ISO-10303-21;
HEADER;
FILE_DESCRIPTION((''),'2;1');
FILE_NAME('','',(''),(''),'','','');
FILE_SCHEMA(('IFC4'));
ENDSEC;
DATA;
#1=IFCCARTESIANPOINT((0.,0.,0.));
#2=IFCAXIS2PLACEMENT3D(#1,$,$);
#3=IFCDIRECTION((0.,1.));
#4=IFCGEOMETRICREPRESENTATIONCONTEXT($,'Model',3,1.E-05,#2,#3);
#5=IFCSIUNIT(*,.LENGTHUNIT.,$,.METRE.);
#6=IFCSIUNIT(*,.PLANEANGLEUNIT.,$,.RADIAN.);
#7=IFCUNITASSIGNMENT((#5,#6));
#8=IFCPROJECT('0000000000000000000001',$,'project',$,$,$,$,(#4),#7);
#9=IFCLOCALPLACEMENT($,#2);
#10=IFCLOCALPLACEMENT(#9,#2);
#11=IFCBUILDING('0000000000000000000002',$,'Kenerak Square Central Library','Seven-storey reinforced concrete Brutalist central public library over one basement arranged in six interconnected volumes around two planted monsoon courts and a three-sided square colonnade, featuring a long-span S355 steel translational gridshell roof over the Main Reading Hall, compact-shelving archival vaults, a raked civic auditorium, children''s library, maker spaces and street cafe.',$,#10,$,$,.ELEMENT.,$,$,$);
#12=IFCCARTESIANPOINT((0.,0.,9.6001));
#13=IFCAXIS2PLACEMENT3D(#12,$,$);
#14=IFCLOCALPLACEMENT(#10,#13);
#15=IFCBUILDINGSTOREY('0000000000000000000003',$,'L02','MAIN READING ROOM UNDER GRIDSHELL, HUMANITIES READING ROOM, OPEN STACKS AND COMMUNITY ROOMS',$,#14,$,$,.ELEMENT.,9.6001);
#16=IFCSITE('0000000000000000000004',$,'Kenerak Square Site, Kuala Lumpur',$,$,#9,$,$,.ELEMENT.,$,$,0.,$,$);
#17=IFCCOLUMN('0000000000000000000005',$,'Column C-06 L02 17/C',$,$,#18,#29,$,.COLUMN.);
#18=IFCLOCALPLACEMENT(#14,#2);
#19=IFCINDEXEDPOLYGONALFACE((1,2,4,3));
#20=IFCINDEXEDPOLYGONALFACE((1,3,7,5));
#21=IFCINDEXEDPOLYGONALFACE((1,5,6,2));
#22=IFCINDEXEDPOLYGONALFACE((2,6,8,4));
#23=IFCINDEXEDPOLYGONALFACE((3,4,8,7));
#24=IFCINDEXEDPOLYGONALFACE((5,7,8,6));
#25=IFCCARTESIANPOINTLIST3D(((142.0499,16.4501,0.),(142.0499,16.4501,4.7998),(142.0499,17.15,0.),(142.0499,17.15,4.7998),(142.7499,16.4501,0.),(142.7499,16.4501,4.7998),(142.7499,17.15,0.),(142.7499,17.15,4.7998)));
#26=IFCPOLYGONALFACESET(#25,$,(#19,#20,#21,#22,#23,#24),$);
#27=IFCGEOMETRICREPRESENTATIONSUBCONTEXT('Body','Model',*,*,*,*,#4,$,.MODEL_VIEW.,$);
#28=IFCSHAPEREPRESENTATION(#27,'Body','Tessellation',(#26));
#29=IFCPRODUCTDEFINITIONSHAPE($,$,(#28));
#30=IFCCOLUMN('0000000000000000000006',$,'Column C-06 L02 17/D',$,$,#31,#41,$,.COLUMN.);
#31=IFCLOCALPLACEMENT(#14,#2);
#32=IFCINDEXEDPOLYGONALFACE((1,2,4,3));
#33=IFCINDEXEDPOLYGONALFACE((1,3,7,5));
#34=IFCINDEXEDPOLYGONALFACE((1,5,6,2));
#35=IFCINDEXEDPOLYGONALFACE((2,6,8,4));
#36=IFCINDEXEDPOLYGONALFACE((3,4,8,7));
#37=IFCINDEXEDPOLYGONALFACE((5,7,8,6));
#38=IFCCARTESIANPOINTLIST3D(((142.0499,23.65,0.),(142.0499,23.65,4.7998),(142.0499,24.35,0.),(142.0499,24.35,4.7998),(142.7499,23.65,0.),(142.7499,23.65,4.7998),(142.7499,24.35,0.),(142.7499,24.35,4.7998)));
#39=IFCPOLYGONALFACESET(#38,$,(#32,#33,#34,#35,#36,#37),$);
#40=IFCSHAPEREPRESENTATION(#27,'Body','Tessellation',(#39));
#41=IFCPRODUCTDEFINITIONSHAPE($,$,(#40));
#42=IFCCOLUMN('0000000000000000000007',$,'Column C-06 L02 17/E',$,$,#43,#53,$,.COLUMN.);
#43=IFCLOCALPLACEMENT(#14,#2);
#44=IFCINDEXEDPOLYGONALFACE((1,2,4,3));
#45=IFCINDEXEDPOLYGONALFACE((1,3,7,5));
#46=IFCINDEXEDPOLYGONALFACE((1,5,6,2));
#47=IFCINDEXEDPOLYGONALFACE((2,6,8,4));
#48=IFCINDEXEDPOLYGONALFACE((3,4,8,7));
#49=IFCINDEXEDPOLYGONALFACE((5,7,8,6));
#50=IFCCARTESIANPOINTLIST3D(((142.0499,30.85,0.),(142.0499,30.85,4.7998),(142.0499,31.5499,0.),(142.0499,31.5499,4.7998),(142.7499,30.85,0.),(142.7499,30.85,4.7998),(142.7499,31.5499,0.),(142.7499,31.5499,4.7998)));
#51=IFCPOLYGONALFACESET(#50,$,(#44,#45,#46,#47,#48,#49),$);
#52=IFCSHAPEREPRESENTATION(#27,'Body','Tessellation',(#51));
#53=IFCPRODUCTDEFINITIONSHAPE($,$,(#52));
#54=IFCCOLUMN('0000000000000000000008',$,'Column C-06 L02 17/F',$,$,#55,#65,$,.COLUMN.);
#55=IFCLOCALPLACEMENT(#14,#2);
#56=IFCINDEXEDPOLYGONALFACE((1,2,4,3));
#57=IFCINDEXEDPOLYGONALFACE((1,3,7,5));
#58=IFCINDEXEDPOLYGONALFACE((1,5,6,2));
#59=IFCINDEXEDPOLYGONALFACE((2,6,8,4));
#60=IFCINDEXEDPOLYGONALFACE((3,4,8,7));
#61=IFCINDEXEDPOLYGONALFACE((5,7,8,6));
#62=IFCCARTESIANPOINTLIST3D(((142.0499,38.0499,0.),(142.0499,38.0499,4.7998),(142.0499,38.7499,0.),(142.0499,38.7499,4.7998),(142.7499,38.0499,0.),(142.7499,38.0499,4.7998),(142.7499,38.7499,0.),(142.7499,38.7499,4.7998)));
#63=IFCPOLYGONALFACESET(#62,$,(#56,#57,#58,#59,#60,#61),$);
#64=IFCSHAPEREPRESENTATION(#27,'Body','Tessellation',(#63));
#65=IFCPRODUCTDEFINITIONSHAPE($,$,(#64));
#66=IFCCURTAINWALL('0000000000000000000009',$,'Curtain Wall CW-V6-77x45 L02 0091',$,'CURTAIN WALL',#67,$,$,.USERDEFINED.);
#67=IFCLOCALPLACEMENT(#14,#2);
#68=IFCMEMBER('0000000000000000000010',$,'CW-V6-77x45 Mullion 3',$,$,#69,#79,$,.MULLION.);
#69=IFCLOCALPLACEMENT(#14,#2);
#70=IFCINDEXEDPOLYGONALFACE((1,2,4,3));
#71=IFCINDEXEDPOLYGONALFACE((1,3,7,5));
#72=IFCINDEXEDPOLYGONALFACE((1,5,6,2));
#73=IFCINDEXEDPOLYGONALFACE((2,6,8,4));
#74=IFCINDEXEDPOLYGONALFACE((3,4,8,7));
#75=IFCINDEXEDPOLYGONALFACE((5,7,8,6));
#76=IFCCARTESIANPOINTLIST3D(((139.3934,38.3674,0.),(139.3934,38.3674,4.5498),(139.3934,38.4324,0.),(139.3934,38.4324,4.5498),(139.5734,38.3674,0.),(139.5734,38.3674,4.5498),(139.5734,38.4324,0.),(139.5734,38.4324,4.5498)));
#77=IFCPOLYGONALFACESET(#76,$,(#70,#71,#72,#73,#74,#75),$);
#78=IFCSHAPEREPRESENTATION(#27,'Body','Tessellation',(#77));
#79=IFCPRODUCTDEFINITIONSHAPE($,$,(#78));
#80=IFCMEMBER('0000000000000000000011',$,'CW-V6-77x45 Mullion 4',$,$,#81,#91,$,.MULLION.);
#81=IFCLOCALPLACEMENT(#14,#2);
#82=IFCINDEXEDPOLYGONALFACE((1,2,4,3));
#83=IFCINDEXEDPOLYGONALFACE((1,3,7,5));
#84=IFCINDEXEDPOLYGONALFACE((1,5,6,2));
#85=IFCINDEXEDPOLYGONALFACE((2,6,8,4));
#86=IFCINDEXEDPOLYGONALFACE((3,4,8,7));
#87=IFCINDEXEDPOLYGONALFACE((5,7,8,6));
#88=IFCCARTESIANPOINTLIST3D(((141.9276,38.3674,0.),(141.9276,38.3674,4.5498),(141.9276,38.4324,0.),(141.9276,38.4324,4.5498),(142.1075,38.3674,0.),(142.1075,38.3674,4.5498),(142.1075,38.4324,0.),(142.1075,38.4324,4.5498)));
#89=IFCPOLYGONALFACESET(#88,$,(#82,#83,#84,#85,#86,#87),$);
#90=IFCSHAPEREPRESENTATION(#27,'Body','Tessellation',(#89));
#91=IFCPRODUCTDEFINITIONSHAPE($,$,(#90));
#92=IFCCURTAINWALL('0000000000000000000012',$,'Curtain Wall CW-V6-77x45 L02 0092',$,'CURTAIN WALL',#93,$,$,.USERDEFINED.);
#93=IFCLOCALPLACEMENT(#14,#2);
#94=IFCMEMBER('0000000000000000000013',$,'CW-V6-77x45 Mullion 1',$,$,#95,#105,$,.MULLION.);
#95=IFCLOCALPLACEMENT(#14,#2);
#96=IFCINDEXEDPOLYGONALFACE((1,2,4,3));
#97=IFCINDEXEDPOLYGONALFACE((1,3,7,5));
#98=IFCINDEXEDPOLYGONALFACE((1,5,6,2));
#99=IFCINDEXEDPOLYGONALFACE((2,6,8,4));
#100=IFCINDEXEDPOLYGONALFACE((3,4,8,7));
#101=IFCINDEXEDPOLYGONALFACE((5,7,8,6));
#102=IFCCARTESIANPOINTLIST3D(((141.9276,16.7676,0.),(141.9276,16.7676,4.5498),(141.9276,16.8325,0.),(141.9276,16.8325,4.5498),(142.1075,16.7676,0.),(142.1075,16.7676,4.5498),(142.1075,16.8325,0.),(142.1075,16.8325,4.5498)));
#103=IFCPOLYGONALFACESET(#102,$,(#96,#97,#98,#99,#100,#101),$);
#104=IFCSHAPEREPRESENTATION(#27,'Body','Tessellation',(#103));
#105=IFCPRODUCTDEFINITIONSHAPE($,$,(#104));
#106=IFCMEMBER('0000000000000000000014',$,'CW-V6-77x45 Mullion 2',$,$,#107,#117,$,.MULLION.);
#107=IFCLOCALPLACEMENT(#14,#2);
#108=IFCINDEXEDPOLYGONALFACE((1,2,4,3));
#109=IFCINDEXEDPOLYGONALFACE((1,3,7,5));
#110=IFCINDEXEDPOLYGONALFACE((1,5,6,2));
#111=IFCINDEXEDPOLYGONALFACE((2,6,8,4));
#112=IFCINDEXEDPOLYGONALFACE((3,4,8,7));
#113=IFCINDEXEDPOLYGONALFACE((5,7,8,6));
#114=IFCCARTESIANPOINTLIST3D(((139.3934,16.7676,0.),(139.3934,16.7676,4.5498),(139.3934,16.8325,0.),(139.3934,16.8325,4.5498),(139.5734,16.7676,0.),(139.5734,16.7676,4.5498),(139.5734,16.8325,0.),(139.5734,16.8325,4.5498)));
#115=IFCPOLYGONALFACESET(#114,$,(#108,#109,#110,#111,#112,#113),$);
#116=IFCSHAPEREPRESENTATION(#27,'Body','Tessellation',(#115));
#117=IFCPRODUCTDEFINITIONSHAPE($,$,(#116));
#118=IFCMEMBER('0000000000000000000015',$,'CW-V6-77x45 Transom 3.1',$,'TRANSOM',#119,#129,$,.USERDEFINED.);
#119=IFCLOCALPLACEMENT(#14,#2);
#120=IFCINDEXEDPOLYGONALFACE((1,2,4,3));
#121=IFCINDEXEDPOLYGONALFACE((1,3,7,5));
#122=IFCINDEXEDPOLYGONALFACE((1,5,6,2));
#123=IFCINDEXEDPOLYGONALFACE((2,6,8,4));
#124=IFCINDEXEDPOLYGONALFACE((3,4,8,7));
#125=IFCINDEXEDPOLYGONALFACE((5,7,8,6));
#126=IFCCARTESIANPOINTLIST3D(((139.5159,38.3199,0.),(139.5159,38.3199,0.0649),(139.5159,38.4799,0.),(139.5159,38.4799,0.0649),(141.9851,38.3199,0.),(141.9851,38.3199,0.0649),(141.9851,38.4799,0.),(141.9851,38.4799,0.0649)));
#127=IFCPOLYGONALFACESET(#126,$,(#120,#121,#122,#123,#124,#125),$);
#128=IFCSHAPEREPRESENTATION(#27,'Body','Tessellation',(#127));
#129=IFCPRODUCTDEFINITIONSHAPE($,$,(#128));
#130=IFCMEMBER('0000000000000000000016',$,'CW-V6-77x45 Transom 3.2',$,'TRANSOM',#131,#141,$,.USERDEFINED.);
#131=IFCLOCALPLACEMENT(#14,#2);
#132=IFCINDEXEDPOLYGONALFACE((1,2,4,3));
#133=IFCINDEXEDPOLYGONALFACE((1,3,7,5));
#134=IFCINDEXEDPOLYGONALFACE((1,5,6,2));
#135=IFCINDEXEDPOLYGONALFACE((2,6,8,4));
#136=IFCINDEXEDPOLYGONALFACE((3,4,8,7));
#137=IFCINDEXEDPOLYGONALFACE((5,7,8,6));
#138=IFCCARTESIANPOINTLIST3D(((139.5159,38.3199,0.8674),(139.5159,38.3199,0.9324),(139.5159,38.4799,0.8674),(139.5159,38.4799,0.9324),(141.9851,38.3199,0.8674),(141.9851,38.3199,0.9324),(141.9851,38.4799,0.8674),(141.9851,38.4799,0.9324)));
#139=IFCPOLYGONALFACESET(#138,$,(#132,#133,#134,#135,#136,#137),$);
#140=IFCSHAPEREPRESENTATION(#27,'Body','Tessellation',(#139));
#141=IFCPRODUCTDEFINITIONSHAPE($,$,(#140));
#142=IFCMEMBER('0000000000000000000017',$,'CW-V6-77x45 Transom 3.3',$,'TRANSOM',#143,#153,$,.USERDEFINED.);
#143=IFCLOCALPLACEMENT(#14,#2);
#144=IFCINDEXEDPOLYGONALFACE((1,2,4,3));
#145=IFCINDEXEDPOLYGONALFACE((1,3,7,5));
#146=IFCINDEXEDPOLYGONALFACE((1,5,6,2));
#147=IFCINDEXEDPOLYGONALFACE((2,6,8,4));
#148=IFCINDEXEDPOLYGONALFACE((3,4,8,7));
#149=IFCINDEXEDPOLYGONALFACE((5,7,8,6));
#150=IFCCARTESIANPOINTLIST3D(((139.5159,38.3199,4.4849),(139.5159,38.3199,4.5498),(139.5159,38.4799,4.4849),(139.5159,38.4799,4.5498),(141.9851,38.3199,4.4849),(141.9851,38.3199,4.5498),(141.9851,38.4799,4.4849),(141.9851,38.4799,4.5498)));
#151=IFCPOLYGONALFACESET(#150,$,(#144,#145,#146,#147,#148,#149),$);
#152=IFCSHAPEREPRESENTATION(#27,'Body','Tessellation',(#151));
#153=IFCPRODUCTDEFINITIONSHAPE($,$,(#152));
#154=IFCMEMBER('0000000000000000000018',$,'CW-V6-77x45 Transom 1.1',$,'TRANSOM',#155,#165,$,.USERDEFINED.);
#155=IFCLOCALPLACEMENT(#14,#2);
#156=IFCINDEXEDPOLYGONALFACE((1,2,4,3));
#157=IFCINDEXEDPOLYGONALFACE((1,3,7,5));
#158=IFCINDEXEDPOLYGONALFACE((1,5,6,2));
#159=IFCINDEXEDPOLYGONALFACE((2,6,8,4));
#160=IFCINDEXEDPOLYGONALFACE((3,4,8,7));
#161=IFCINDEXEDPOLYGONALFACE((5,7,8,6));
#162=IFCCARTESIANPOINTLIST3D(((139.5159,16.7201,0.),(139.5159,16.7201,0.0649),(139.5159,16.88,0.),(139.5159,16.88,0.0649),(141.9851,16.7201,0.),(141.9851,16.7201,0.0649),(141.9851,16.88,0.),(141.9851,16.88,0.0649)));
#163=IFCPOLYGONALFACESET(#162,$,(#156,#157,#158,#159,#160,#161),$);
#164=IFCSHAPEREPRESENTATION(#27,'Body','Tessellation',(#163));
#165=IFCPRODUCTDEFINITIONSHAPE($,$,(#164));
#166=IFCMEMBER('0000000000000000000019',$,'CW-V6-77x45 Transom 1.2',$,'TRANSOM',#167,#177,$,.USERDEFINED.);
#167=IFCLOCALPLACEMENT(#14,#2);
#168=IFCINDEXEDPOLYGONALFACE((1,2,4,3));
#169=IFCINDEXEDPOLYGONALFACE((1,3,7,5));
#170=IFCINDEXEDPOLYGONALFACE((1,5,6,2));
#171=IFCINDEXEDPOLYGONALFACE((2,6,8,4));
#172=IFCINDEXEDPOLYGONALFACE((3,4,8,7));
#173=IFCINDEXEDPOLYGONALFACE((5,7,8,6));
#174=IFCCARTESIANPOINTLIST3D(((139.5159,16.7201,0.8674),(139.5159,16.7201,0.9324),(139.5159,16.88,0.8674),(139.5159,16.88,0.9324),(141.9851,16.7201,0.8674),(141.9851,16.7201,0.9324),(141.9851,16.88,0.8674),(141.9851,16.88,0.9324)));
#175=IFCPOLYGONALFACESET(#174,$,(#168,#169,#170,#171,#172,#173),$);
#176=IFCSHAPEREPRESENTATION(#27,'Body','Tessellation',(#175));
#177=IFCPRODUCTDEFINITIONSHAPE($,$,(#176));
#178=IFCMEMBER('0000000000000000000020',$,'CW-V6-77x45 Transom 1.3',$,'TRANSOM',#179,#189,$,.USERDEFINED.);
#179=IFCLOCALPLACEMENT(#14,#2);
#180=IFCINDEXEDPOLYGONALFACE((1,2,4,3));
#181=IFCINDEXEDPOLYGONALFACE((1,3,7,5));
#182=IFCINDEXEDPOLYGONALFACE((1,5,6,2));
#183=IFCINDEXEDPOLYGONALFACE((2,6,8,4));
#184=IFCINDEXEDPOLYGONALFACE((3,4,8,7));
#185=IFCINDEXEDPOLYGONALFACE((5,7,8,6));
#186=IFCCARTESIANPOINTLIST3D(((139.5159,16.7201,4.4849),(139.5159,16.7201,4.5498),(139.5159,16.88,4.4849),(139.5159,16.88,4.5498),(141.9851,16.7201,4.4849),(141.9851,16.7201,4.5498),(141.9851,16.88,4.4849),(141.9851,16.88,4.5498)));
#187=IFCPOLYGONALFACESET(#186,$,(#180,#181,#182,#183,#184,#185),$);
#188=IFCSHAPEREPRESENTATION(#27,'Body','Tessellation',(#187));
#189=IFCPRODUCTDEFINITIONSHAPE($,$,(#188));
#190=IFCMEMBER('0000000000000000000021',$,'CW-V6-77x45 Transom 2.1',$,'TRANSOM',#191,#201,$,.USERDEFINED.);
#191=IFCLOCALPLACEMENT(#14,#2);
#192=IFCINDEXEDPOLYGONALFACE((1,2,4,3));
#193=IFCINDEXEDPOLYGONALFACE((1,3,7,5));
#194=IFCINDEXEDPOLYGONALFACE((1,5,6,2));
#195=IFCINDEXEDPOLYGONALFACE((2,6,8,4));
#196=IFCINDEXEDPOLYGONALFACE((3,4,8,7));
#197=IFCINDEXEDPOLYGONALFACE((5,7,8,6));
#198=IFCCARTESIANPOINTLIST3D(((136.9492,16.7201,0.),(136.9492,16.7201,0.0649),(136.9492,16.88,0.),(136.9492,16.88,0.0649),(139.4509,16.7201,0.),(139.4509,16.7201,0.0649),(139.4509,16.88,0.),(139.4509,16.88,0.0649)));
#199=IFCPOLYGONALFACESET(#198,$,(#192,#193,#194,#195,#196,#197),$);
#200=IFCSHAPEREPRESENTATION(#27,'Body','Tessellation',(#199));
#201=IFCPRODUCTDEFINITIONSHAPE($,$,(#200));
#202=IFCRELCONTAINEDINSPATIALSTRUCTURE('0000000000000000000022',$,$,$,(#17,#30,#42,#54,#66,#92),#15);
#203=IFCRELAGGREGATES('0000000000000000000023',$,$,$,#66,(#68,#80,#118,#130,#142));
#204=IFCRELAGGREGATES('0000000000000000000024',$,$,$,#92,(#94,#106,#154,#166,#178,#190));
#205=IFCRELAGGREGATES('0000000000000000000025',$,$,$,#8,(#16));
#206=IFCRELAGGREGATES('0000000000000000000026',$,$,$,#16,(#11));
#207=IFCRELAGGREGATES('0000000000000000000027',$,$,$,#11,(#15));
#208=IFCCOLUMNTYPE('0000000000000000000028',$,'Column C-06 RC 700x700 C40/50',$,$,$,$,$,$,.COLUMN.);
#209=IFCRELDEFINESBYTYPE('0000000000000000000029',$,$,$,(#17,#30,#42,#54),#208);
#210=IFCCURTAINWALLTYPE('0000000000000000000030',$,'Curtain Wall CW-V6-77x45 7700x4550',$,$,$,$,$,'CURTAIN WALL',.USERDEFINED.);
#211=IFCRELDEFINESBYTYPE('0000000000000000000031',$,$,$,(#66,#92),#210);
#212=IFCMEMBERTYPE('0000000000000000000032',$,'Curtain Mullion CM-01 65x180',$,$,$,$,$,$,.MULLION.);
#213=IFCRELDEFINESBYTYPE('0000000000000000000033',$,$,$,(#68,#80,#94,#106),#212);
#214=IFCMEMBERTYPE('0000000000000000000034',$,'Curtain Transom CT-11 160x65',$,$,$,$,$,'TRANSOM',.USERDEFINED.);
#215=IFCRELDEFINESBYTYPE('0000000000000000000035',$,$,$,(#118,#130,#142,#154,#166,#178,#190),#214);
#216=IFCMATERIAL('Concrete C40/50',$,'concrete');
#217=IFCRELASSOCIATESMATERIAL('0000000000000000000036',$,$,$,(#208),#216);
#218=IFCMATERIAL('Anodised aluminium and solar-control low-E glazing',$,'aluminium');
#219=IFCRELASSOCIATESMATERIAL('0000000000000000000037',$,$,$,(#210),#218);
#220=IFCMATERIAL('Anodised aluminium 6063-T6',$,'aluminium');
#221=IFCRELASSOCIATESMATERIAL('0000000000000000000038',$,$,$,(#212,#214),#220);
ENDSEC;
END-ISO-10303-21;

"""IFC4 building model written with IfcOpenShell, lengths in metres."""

from ifc_helpers import new_model, si_unit, direction, frame, origin, origin_2d, place, context, subcontext, project, spatial, rectangle, extrude, material, material_profile, profile_set, type_object, element, aggregate, save


model = new_model("IFC4")

# Units and contexts
model_context = context("Model", 3, precision=1e-05, world=origin(), true_north=direction((0.0, 1.0)))
body_context = subcontext(model_context, "Body", "Model", "MODEL_VIEW")
ifc_project = project(units=[si_unit("LENGTHUNIT", "METRE"), si_unit("PLANEANGLEUNIT", "RADIAN")], contexts=[model_context])

# Site, building, storey
site_placement = place(None, origin())
site = spatial("IfcSite", under=ifc_project, at=site_placement, Name="Kenerak Square Site, Kuala Lumpur", CompositionType="ELEMENT", RefElevation=0.0)
building_placement = place(site_placement, origin())
building = spatial("IfcBuilding", under=site, at=building_placement, Name="Kenerak Square Central Library", Description="Seven-storey reinforced concrete Brutalist central public library over one basement arranged in six interconnected volumes around two planted monsoon courts and a three-sided square colonnade, featuring a long-span S355 steel translational gridshell roof over the Main Reading Hall, compact-shelving archival vaults, a raked civic auditorium, children's library, maker spaces and street cafe.", CompositionType="ELEMENT")
storey_placement = place(building_placement, frame((0.0, 0.0, 9.6001)))
storey = spatial("IfcBuildingStorey", under=building, at=storey_placement, Name="L02", Description="MAIN READING ROOM UNDER GRIDSHELL, HUMANITIES READING ROOM, OPEN STACKS AND COMMUNITY ROOMS", CompositionType="ELEMENT", Elevation=9.6001)

# Columns
ifc_material_1 = material(Name="Concrete C40/50", Category="concrete")
ifc_material_profile_1 = material_profile(ifc_material_1, rectangle(XDim=0.7, YDim=0.7, at=origin_2d()), Name="RC 700x700")
ifc_profile_set_1 = profile_set([ifc_material_profile_1], Name="Concrete C40/50")
column_type = type_object("IfcColumnType", Name="Column C-06 RC 700x700 C40/50", PredefinedType="COLUMN", material=ifc_profile_set_1)
for number, where, z_axis, x_axis, name in (
    (1, (142.3999, 16.8, 0.0), (0.0, 0.0, 1.0), (1.0, 0.0, 0.0), "Column C-06 L02 17/C"),
    (2, (142.3999, 24.0, 0.0), (0.0, 0.0, 1.0), (1.0, 0.0, 0.0), "Column C-06 L02 17/D"),
    (3, (142.3999, 31.2, 0.0), (0.0, 0.0, 1.0), (1.0, 0.0, 0.0), "Column C-06 L02 17/E"),
    (4, (142.3999, 38.3999, 0.0), (0.0, 0.0, 1.0), (1.0, 0.0, 0.0), "Column C-06 L02 17/F"),
):
    element("IfcColumn", number, at=place(storey_placement, frame(where, z_axis=z_axis, x_axis=x_axis)), inside=storey, type_object=column_type, Name=name, PredefinedType="COLUMN", context=body_context, shape_type="SweptSolid", body=[
        extrude(rectangle(XDim=0.7, YDim=0.7, at=origin_2d()), origin(), (0.0, 0.0, 1.0), 4.7998),
    ])

# Curtain walls, members
ifc_material_2 = material(Name="Anodised aluminium and solar-control low-E glazing", Category="aluminium")
curtain_wall_type = type_object("IfcCurtainWallType", Name="Curtain Wall CW-V6-77x45 7700x4550", ElementType="CURTAIN WALL", PredefinedType="USERDEFINED", material=ifc_material_2)
curtain_wall_1_placement = place(storey_placement, origin())
curtain_wall_1 = element("IfcCurtainWall", 5, at=curtain_wall_1_placement, inside=storey, type_object=curtain_wall_type, Name="Curtain Wall CW-V6-77x45 L02 0091", ObjectType="CURTAIN WALL", PredefinedType="USERDEFINED")
ifc_material_3 = material(Name="Anodised aluminium 6063-T6", Category="aluminium")
ifc_material_profile_2 = material_profile(ifc_material_3, rectangle(XDim=0.0649, YDim=0.1799, at=origin_2d()), Name="AL MULLION 65x180")
ifc_profile_set_2 = profile_set([ifc_material_profile_2], Name="Anodised aluminium 6063-T6")
member_type_1 = type_object("IfcMemberType", Name="Curtain Mullion CM-01 65x180", PredefinedType="MULLION", material=ifc_profile_set_2)
member_1_placement = place(storey_placement, frame((139.4834, 38.3999, 0.0), z_axis=(0.0, 0.0, 1.0), x_axis=(0.0, 1.0, 0.0)))
member_1 = element("IfcMember", 6, at=member_1_placement, type_object=member_type_1, Name="CW-V6-77x45 Mullion 3", PredefinedType="MULLION", context=body_context, shape_type="SweptSolid", body=[
    extrude(rectangle(XDim=0.0649, YDim=0.1799, at=origin_2d()), origin(), (0.0, 0.0, 1.0), 4.5498),
])
member_2_placement = place(storey_placement, frame((142.0176, 38.3999, 0.0), z_axis=(0.0, 0.0, 1.0), x_axis=(0.0, 1.0, 0.0)))
member_2 = element("IfcMember", 7, at=member_2_placement, type_object=member_type_1, Name="CW-V6-77x45 Mullion 4", PredefinedType="MULLION", context=body_context, shape_type="SweptSolid", body=[
    extrude(rectangle(XDim=0.0649, YDim=0.1799, at=origin_2d()), origin(), (0.0, 0.0, 1.0), 4.5498),
])
curtain_wall_2_placement = place(storey_placement, origin())
curtain_wall_2 = element("IfcCurtainWall", 8, at=curtain_wall_2_placement, inside=storey, type_object=curtain_wall_type, Name="Curtain Wall CW-V6-77x45 L02 0092", ObjectType="CURTAIN WALL", PredefinedType="USERDEFINED")
member_3_placement = place(storey_placement, frame((142.0176, 16.8, 0.0), z_axis=(0.0, 0.0, 1.0), x_axis=(0.0, -1.0, 0.0)))
member_3 = element("IfcMember", 9, at=member_3_placement, type_object=member_type_1, Name="CW-V6-77x45 Mullion 1", PredefinedType="MULLION", context=body_context, shape_type="SweptSolid", body=[
    extrude(rectangle(XDim=0.0649, YDim=0.1799, at=origin_2d()), origin(), (0.0, 0.0, 1.0), 4.5498),
])
member_4_placement = place(storey_placement, frame((139.4834, 16.8, 0.0), z_axis=(0.0, 0.0, 1.0), x_axis=(0.0, -1.0, 0.0)))
member_4 = element("IfcMember", 10, at=member_4_placement, type_object=member_type_1, Name="CW-V6-77x45 Mullion 2", PredefinedType="MULLION", context=body_context, shape_type="SweptSolid", body=[
    extrude(rectangle(XDim=0.0649, YDim=0.1799, at=origin_2d()), origin(), (0.0, 0.0, 1.0), 4.5498),
])

# Members
ifc_material_profile_3 = material_profile(ifc_material_3, rectangle(XDim=0.1599, YDim=0.0649, at=origin_2d()), Name="AL TRANSOM 160x65")
ifc_profile_set_3 = profile_set([ifc_material_profile_3], Name="Anodised aluminium 6063-T6")
member_type_2 = type_object("IfcMemberType", Name="Curtain Transom CT-11 160x65", ElementType="TRANSOM", PredefinedType="USERDEFINED", material=ifc_profile_set_3)
member_5_placement = place(storey_placement, frame((139.5159, 38.3999, 0.0325), z_axis=(1.0, 0.0, 0.0), x_axis=(0.0, 1.0, 0.0)))
member_5 = element("IfcMember", 11, at=member_5_placement, type_object=member_type_2, Name="CW-V6-77x45 Transom 3.1", ObjectType="TRANSOM", PredefinedType="USERDEFINED", context=body_context, shape_type="SweptSolid", body=[
    extrude(rectangle(XDim=0.1599, YDim=0.0649, at=origin_2d()), origin(), (0.0, 0.0, 1.0), 2.4692),
])
member_6_placement = place(storey_placement, frame((139.5159, 38.3999, 0.8999), z_axis=(1.0, 0.0, 0.0), x_axis=(0.0, 1.0, 0.0)))
member_6 = element("IfcMember", 12, at=member_6_placement, type_object=member_type_2, Name="CW-V6-77x45 Transom 3.2", ObjectType="TRANSOM", PredefinedType="USERDEFINED", context=body_context, shape_type="SweptSolid", body=[
    extrude(rectangle(XDim=0.1599, YDim=0.0649, at=origin_2d()), origin(), (0.0, 0.0, 1.0), 2.4692),
])
member_7_placement = place(storey_placement, frame((139.5159, 38.3999, 4.5173), z_axis=(1.0, 0.0, 0.0), x_axis=(0.0, 1.0, 0.0)))
member_7 = element("IfcMember", 13, at=member_7_placement, type_object=member_type_2, Name="CW-V6-77x45 Transom 3.3", ObjectType="TRANSOM", PredefinedType="USERDEFINED", context=body_context, shape_type="SweptSolid", body=[
    extrude(rectangle(XDim=0.1599, YDim=0.0649, at=origin_2d()), origin(), (0.0, 0.0, 1.0), 2.4692),
])
member_8_placement = place(storey_placement, frame((141.9851, 16.8, 0.0325), z_axis=(-1.0, 0.0, 0.0), x_axis=(0.0, -1.0, 0.0)))
member_8 = element("IfcMember", 14, at=member_8_placement, type_object=member_type_2, Name="CW-V6-77x45 Transom 1.1", ObjectType="TRANSOM", PredefinedType="USERDEFINED", context=body_context, shape_type="SweptSolid", body=[
    extrude(rectangle(XDim=0.1599, YDim=0.0649, at=origin_2d()), origin(), (0.0, 0.0, 1.0), 2.4692),
])
member_9_placement = place(storey_placement, frame((141.9851, 16.8, 0.8999), z_axis=(-1.0, 0.0, 0.0), x_axis=(0.0, -1.0, 0.0)))
member_9 = element("IfcMember", 15, at=member_9_placement, type_object=member_type_2, Name="CW-V6-77x45 Transom 1.2", ObjectType="TRANSOM", PredefinedType="USERDEFINED", context=body_context, shape_type="SweptSolid", body=[
    extrude(rectangle(XDim=0.1599, YDim=0.0649, at=origin_2d()), origin(), (0.0, 0.0, 1.0), 2.4692),
])
member_10_placement = place(storey_placement, frame((141.9851, 16.8, 4.5173), z_axis=(-1.0, 0.0, 0.0), x_axis=(0.0, -1.0, 0.0)))
member_10 = element("IfcMember", 16, at=member_10_placement, type_object=member_type_2, Name="CW-V6-77x45 Transom 1.3", ObjectType="TRANSOM", PredefinedType="USERDEFINED", context=body_context, shape_type="SweptSolid", body=[
    extrude(rectangle(XDim=0.1599, YDim=0.0649, at=origin_2d()), origin(), (0.0, 0.0, 1.0), 2.4692),
])
member_11_placement = place(storey_placement, frame((139.4509, 16.8, 0.0325), z_axis=(-1.0, 0.0, 0.0), x_axis=(0.0, -1.0, 0.0)))
member_11 = element("IfcMember", 17, at=member_11_placement, type_object=member_type_2, Name="CW-V6-77x45 Transom 2.1", ObjectType="TRANSOM", PredefinedType="USERDEFINED", context=body_context, shape_type="SweptSolid", body=[
    extrude(rectangle(XDim=0.1599, YDim=0.0649, at=origin_2d()), origin(), (0.0, 0.0, 1.0), 2.5017),
])

aggregate(curtain_wall_1, [member_1, member_2, member_5, member_6, member_7])
aggregate(curtain_wall_2, [member_3, member_4, member_8, member_9, member_10, member_11])

save(model, "model.ifc")
